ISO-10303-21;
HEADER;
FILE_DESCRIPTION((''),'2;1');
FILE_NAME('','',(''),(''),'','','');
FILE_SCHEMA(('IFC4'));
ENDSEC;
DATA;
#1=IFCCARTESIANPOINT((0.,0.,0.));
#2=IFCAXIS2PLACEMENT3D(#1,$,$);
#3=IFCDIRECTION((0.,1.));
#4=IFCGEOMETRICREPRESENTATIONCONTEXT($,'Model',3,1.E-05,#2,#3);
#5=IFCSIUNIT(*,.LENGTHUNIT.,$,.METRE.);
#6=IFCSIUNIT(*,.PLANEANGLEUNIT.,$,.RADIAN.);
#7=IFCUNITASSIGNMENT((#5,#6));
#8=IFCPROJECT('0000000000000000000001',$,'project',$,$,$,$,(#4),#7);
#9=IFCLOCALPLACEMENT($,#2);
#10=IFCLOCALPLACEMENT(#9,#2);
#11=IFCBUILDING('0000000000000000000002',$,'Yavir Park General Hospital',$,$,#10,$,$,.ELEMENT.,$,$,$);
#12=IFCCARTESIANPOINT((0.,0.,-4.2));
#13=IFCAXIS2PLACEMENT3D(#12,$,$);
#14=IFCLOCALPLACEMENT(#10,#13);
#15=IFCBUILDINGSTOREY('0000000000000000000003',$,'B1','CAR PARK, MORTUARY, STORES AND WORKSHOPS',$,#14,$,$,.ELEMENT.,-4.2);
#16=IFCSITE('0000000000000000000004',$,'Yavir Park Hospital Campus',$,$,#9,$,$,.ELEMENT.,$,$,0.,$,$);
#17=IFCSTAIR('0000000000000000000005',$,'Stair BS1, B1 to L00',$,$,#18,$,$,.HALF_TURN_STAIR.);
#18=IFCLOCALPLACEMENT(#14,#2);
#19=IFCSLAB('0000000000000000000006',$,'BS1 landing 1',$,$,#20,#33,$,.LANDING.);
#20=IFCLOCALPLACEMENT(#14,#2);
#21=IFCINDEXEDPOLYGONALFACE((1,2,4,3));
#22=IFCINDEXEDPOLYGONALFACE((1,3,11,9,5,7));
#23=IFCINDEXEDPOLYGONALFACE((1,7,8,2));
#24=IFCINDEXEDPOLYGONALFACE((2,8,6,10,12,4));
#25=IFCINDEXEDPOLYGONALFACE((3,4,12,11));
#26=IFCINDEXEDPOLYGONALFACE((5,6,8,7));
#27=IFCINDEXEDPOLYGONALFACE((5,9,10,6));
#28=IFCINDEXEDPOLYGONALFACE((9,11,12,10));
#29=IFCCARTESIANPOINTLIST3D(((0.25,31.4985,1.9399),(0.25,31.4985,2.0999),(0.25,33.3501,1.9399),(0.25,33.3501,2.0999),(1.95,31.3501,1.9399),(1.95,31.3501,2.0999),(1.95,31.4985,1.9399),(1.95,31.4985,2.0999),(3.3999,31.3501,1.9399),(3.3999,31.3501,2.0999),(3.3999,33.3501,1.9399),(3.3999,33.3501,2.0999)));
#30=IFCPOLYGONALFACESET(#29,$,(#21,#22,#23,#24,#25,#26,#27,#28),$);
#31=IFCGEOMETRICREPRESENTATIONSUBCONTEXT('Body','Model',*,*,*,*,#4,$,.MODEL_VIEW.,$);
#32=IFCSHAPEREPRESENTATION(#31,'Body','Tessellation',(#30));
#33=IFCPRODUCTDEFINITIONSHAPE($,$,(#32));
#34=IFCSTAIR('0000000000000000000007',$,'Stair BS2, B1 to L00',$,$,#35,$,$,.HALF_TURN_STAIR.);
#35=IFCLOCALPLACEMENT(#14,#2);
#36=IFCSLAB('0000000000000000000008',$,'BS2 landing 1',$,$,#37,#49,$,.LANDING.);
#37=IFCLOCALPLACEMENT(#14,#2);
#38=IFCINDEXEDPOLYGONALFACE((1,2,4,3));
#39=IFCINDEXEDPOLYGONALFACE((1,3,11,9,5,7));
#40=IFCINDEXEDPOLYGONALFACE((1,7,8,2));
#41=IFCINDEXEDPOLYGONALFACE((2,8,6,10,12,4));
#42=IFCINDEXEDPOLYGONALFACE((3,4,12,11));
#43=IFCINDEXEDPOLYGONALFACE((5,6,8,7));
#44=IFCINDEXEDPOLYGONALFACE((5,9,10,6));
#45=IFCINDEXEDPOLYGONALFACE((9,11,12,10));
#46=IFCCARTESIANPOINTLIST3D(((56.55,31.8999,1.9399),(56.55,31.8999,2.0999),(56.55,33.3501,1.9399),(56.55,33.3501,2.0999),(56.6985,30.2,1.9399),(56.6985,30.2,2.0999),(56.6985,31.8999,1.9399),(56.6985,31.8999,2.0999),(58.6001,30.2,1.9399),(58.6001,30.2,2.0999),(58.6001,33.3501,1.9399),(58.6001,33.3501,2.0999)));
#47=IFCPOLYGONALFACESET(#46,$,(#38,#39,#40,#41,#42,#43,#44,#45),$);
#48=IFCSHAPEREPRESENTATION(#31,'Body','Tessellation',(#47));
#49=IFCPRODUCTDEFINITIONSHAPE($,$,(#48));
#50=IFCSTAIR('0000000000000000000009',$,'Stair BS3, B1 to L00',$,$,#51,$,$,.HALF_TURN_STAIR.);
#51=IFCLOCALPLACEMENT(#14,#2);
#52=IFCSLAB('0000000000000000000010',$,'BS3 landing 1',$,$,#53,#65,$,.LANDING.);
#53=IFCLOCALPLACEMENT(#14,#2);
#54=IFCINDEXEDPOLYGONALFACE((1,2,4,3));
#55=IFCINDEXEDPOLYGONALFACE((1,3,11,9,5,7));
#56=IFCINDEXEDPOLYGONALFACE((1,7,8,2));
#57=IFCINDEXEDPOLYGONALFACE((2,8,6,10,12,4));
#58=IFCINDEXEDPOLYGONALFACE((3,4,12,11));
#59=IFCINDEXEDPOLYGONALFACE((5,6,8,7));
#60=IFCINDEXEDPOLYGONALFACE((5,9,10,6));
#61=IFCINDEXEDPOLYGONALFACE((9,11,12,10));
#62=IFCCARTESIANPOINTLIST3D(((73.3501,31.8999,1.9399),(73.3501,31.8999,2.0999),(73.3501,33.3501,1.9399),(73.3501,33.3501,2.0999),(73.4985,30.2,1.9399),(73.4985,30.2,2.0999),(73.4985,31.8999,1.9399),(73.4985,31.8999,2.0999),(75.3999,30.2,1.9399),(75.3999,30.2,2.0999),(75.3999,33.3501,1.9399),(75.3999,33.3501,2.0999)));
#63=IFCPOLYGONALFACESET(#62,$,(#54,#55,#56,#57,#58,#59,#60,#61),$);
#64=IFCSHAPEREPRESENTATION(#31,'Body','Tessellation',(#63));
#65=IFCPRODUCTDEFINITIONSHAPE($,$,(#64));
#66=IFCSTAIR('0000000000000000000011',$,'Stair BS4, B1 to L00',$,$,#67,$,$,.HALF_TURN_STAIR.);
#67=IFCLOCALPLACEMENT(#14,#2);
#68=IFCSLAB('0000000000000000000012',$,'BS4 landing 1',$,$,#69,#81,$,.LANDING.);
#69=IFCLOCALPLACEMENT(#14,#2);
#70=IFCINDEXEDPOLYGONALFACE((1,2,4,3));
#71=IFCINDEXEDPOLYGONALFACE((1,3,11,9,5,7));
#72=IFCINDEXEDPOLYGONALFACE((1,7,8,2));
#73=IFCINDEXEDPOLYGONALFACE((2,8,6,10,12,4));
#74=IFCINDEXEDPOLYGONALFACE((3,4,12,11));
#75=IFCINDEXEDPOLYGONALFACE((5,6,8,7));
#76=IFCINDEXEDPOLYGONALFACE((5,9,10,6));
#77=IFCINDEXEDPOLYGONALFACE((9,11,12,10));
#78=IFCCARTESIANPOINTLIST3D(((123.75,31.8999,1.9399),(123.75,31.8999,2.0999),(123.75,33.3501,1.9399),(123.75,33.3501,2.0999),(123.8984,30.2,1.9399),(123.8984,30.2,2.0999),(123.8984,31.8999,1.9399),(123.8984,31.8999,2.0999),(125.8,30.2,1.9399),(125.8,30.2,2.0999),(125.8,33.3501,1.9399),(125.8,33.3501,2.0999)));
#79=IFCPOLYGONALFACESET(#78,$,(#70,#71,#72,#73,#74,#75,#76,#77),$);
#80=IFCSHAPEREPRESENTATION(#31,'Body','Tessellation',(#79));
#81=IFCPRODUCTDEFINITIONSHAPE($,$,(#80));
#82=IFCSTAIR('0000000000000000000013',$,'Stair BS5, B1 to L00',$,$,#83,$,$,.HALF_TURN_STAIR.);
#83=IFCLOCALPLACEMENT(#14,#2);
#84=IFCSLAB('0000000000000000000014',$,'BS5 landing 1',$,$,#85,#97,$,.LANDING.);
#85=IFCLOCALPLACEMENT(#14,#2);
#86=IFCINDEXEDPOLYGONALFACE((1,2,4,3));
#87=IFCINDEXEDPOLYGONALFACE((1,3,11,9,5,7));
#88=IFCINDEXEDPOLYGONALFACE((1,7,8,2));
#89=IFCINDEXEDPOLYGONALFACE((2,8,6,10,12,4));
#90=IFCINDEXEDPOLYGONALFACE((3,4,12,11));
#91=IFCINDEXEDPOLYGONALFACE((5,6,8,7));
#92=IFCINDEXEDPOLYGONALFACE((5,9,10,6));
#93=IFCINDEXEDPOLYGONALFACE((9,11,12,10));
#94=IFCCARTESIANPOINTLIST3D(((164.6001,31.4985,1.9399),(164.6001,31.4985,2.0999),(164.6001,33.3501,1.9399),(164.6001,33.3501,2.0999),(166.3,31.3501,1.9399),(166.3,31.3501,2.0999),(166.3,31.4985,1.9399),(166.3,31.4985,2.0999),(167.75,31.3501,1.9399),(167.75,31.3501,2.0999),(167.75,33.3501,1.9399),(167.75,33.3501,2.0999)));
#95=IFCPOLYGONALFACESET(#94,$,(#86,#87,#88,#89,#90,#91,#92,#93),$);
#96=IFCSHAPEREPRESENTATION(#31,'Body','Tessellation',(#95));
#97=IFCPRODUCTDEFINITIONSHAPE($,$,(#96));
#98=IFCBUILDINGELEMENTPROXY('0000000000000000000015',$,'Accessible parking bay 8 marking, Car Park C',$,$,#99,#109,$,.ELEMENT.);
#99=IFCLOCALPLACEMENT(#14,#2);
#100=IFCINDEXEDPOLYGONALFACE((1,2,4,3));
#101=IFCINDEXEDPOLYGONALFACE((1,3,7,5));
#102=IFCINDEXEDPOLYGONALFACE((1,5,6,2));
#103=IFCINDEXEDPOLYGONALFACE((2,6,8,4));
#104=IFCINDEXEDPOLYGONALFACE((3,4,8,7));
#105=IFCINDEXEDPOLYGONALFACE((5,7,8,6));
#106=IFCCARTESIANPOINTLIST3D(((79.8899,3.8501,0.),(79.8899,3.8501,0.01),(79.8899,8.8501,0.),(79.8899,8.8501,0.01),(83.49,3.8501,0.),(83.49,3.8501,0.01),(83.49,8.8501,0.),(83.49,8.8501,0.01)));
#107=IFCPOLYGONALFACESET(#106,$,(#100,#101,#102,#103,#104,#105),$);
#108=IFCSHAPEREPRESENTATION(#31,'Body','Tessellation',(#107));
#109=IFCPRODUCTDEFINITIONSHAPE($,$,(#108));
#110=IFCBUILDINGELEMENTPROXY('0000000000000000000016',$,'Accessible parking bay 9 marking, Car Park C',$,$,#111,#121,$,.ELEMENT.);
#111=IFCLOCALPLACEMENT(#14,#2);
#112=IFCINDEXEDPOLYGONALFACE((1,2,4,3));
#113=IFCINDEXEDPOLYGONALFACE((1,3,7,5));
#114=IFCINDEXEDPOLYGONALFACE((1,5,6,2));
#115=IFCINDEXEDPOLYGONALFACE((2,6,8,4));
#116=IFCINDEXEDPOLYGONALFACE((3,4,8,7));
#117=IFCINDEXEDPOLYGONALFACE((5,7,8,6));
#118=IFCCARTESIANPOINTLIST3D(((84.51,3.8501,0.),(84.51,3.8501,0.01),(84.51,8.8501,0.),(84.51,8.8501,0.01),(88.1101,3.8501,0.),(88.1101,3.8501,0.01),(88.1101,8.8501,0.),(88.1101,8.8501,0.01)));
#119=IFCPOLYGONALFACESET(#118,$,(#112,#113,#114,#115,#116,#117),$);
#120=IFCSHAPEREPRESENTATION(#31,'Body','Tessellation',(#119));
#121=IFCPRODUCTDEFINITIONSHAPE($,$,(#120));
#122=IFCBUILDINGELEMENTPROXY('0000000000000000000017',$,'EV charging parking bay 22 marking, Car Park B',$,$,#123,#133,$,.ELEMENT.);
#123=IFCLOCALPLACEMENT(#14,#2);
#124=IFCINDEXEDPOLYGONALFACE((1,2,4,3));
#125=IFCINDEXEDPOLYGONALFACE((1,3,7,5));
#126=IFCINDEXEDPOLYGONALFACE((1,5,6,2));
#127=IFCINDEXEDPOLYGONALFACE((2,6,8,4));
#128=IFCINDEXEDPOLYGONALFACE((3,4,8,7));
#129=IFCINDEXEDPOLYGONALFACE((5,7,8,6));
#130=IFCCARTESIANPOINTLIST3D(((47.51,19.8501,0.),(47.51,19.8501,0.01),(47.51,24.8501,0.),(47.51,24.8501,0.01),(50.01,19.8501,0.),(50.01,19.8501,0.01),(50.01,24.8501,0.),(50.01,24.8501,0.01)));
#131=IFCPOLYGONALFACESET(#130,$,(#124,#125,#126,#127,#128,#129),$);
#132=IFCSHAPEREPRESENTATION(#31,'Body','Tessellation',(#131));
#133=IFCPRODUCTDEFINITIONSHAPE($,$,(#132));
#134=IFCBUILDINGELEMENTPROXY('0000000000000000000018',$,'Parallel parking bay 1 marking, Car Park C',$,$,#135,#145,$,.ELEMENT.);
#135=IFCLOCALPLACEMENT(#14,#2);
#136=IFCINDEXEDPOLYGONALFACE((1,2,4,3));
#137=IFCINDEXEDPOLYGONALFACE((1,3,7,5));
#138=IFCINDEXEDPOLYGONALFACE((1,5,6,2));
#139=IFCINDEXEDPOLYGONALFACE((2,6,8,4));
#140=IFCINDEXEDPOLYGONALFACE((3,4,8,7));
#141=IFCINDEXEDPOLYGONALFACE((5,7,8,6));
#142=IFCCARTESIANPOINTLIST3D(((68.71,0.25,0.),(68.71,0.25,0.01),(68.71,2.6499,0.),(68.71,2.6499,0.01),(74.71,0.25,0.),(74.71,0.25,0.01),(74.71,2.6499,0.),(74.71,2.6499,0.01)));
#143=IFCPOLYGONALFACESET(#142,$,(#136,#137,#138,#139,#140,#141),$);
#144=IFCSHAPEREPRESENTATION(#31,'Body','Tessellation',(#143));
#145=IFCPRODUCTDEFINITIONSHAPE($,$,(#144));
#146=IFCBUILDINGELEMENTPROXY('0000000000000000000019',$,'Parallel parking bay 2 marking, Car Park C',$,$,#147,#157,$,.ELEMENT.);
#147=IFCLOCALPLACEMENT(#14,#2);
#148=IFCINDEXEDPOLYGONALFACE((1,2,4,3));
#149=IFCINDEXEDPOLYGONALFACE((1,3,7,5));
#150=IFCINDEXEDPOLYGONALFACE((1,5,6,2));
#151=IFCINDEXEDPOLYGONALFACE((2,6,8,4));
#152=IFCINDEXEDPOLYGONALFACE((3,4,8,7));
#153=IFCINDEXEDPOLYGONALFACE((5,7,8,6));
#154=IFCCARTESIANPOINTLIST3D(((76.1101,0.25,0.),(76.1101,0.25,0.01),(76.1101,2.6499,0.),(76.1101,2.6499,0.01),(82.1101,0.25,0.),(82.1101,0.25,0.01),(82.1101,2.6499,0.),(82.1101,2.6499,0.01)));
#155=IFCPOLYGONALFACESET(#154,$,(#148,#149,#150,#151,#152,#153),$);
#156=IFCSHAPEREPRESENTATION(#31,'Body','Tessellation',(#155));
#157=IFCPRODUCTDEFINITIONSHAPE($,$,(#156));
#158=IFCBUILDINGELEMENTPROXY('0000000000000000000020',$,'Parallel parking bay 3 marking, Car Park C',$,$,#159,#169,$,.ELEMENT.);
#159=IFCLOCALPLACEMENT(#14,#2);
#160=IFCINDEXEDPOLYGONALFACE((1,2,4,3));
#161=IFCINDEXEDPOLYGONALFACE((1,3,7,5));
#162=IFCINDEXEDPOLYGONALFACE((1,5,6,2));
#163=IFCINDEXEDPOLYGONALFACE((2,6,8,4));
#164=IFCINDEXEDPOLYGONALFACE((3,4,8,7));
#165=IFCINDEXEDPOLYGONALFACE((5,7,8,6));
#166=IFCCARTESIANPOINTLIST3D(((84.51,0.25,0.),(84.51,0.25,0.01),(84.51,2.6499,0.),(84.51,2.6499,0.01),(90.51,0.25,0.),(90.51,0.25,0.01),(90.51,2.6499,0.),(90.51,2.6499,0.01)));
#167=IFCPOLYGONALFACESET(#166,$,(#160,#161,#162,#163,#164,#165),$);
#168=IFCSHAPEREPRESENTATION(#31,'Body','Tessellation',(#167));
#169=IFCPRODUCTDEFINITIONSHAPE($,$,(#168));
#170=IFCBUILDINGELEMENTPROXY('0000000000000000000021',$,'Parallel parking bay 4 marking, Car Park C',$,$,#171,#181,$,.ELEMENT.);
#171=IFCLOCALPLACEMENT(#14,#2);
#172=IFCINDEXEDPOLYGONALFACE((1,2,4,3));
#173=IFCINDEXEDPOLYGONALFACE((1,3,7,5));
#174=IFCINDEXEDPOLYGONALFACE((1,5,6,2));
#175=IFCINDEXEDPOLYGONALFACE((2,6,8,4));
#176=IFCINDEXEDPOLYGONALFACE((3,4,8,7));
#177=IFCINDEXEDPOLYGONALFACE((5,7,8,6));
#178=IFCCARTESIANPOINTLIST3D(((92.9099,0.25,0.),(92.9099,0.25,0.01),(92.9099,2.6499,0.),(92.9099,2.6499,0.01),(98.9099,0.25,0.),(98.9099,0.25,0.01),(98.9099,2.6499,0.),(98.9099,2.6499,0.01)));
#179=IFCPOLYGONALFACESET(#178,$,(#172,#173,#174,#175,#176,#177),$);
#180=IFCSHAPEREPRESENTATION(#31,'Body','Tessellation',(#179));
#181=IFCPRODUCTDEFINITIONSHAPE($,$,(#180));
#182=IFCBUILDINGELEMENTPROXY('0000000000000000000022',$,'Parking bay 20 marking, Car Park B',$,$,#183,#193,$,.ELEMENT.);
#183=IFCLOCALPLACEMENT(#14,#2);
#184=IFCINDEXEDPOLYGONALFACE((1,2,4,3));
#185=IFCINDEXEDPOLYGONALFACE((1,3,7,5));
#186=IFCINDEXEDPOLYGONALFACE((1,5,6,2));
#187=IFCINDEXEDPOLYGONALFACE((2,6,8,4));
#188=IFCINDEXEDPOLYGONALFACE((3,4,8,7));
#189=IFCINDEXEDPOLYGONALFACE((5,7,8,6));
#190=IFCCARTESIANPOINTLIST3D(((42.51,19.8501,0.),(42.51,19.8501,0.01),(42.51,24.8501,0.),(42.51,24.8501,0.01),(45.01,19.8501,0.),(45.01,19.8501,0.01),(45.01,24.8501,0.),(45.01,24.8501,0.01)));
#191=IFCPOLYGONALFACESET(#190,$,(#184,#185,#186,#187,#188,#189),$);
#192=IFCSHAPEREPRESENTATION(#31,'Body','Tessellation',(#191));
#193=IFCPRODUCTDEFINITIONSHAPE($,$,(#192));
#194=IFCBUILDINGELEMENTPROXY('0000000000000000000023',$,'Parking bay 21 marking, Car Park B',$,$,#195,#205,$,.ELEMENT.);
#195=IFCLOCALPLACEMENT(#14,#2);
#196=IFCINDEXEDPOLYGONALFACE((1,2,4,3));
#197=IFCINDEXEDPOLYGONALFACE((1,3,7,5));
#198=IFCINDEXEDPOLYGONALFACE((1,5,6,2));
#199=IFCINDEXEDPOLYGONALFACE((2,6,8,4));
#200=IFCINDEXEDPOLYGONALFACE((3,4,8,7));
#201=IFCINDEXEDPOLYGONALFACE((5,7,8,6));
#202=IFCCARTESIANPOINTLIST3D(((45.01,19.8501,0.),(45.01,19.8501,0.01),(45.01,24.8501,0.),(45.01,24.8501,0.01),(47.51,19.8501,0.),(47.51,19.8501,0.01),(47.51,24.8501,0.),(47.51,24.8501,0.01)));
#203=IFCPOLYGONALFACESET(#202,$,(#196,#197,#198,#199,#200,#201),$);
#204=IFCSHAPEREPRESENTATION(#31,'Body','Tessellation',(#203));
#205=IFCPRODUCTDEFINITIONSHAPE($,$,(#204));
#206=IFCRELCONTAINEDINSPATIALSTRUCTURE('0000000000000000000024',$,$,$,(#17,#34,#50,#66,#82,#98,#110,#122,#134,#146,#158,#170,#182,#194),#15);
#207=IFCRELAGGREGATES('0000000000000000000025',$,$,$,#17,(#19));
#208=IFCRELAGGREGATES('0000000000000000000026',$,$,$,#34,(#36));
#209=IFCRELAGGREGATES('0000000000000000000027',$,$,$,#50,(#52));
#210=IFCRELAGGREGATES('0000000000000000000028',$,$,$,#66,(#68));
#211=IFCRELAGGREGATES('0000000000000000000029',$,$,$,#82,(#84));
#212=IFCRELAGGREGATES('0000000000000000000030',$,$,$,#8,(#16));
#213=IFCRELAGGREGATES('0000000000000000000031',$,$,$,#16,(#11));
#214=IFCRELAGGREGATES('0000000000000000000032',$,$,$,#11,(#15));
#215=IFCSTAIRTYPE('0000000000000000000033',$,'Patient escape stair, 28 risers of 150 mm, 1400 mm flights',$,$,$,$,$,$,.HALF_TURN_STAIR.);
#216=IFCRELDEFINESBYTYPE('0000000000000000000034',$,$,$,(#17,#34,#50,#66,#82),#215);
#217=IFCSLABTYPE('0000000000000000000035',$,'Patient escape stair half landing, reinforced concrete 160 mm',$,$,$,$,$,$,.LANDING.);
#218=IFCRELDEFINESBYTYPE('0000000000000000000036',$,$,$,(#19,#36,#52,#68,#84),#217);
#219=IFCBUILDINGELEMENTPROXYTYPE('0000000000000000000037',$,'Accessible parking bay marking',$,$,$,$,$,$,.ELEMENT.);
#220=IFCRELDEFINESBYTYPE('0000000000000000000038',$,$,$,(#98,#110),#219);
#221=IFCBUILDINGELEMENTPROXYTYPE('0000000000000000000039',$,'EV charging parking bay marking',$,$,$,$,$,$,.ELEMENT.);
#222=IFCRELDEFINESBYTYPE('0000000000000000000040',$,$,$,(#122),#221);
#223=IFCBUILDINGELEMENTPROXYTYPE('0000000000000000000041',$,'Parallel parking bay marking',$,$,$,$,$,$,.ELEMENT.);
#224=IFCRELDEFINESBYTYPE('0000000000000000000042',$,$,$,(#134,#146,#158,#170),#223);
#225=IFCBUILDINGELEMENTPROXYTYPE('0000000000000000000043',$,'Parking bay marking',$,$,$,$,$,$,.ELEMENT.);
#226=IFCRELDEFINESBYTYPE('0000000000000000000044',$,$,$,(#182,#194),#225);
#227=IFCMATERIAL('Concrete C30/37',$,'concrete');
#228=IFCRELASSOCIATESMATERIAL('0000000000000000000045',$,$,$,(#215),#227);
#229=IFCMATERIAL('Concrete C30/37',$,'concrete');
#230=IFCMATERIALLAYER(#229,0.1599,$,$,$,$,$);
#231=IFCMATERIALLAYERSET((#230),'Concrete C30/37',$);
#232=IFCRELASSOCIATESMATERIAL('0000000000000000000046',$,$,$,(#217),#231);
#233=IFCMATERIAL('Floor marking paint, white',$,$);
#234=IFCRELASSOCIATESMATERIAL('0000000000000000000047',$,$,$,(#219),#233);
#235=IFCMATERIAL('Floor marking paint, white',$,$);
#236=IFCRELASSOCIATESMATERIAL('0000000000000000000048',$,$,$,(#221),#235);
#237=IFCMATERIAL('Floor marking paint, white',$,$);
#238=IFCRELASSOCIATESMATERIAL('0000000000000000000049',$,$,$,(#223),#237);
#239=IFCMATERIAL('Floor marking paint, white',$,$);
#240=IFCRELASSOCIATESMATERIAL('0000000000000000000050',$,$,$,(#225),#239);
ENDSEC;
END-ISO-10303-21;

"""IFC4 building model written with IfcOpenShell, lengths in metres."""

from ifc_helpers import new_model, si_unit, direction, frame, origin, place, context, subcontext, project, spatial, polyline, outline, extrude, material, layer, layer_set, type_object, element, aggregate, save


model = new_model("IFC4")

# Units and contexts
model_context = context("Model", 3, precision=1e-05, world=origin(), true_north=direction((0.0, 1.0)))
body_context = subcontext(model_context, "Body", "Model", "MODEL_VIEW")
ifc_project = project(units=[si_unit("LENGTHUNIT", "METRE"), si_unit("PLANEANGLEUNIT", "RADIAN")], contexts=[model_context])

# Site, building, storey
site_placement = place(None, origin())
site = spatial("IfcSite", under=ifc_project, at=site_placement, Name="Yavir Park Hospital Campus", CompositionType="ELEMENT", RefElevation=0.0)
building_placement = place(site_placement, origin())
building = spatial("IfcBuilding", under=site, at=building_placement, Name="Yavir Park General Hospital", CompositionType="ELEMENT")
storey_placement = place(building_placement, frame((0.0, 0.0, -4.2)))
storey = spatial("IfcBuildingStorey", under=building, at=storey_placement, Name="B1", Description="CAR PARK, MORTUARY, STORES AND WORKSHOPS", CompositionType="ELEMENT", Elevation=-4.2)

# Stairs, slabs
ifc_material_1 = material(Name="Concrete C30/37", Category="concrete")
stair_type = type_object("IfcStairType", Name="Patient escape stair, 28 risers of 150 mm, 1400 mm flights", PredefinedType="HALF_TURN_STAIR", material=ifc_material_1)
stair_1_placement = place(storey_placement, origin())
stair_1 = element("IfcStair", 1, at=stair_1_placement, inside=storey, type_object=stair_type, Name="Stair BS1, B1 to L00", PredefinedType="HALF_TURN_STAIR")
ifc_material_2 = material(Name="Concrete C30/37", Category="concrete")
ifc_layer = layer(ifc_material_2, 0.1599)
ifc_layer_set = layer_set([ifc_layer], Name="Concrete C30/37")
slab_type = type_object("IfcSlabType", Name="Patient escape stair half landing, reinforced concrete 160 mm", PredefinedType="LANDING", material=ifc_layer_set)
slab_1_placement = place(storey_placement, frame((0.0, 0.0, 1.9399)))
slab_1 = element("IfcSlab", 2, at=slab_1_placement, type_object=slab_type, Name="BS1 landing 1", PredefinedType="LANDING", context=body_context, shape_type="SweptSolid", body=[
    extrude(outline(polyline([(0.25, 31.4985), (0.25, 33.3501), (3.3999, 33.3501), (3.3999, 31.3501), (1.95, 31.3501), (1.95, 31.4985), (0.25, 31.4985)])), origin(), (0.0, 0.0, 1.0), 0.1599),
])
aggregate(stair_1, [slab_1])
stair_2_placement = place(storey_placement, origin())
stair_2 = element("IfcStair", 3, at=stair_2_placement, inside=storey, type_object=stair_type, Name="Stair BS2, B1 to L00", PredefinedType="HALF_TURN_STAIR")
slab_2_placement = place(storey_placement, frame((0.0, 0.0, 1.9399)))
slab_2 = element("IfcSlab", 4, at=slab_2_placement, type_object=slab_type, Name="BS2 landing 1", PredefinedType="LANDING", context=body_context, shape_type="SweptSolid", body=[
    extrude(outline(polyline([(56.6985, 30.2), (58.6001, 30.2), (58.6001, 33.3501), (56.55, 33.3501), (56.55, 31.8999), (56.6985, 31.8999), (56.6985, 30.2)])), origin(), (0.0, 0.0, 1.0), 0.1599),
])
aggregate(stair_2, [slab_2])
stair_3_placement = place(storey_placement, origin())
stair_3 = element("IfcStair", 5, at=stair_3_placement, inside=storey, type_object=stair_type, Name="Stair BS3, B1 to L00", PredefinedType="HALF_TURN_STAIR")
slab_3_placement = place(storey_placement, frame((0.0, 0.0, 1.9399)))
slab_3 = element("IfcSlab", 6, at=slab_3_placement, type_object=slab_type, Name="BS3 landing 1", PredefinedType="LANDING", context=body_context, shape_type="SweptSolid", body=[
    extrude(outline(polyline([(73.4985, 30.2), (75.3999, 30.2), (75.3999, 33.3501), (73.3501, 33.3501), (73.3501, 31.8999), (73.4985, 31.8999), (73.4985, 30.2)])), origin(), (0.0, 0.0, 1.0), 0.1599),
])
aggregate(stair_3, [slab_3])
stair_4_placement = place(storey_placement, origin())
stair_4 = element("IfcStair", 7, at=stair_4_placement, inside=storey, type_object=stair_type, Name="Stair BS4, B1 to L00", PredefinedType="HALF_TURN_STAIR")
slab_4_placement = place(storey_placement, frame((0.0, 0.0, 1.9399)))
slab_4 = element("IfcSlab", 8, at=slab_4_placement, type_object=slab_type, Name="BS4 landing 1", PredefinedType="LANDING", context=body_context, shape_type="SweptSolid", body=[
    extrude(outline(polyline([(123.8984, 30.2), (125.8, 30.2), (125.8, 33.3501), (123.75, 33.3501), (123.75, 31.8999), (123.8984, 31.8999), (123.8984, 30.2)])), origin(), (0.0, 0.0, 1.0), 0.1599),
])
aggregate(stair_4, [slab_4])
stair_5_placement = place(storey_placement, origin())
stair_5 = element("IfcStair", 9, at=stair_5_placement, inside=storey, type_object=stair_type, Name="Stair BS5, B1 to L00", PredefinedType="HALF_TURN_STAIR")
slab_5_placement = place(storey_placement, frame((0.0, 0.0, 1.9399)))
slab_5 = element("IfcSlab", 10, at=slab_5_placement, type_object=slab_type, Name="BS5 landing 1", PredefinedType="LANDING", context=body_context, shape_type="SweptSolid", body=[
    extrude(outline(polyline([(164.6001, 31.4985), (164.6001, 33.3501), (167.75, 33.3501), (167.75, 31.3501), (166.3, 31.3501), (166.3, 31.4985), (164.6001, 31.4985)])), origin(), (0.0, 0.0, 1.0), 0.1599),
])
aggregate(stair_5, [slab_5])

# Building element proxies
ifc_material_3 = material(Name="Floor marking paint, white")
building_element_proxy_type_1 = type_object("IfcBuildingElementProxyType", Name="Accessible parking bay marking", PredefinedType="ELEMENT", material=ifc_material_3)
proxy_1_placement = place(storey_placement, origin())
element("IfcBuildingElementProxy", 11, at=proxy_1_placement, inside=storey, type_object=building_element_proxy_type_1, Name="Accessible parking bay 8 marking, Car Park C", PredefinedType="ELEMENT", context=body_context, shape_type="SweptSolid", body=[
    extrude(outline(polyline([(79.8899, 3.8501), (83.49, 3.8501), (83.49, 8.8501), (79.8899, 8.8501), (79.8899, 3.8501)])), origin(), (0.0, 0.0, 1.0), 0.01),
])
proxy_2_placement = place(storey_placement, origin())
element("IfcBuildingElementProxy", 12, at=proxy_2_placement, inside=storey, type_object=building_element_proxy_type_1, Name="Accessible parking bay 9 marking, Car Park C", PredefinedType="ELEMENT", context=body_context, shape_type="SweptSolid", body=[
    extrude(outline(polyline([(84.51, 3.8501), (88.1101, 3.8501), (88.1101, 8.8501), (84.51, 8.8501), (84.51, 3.8501)])), origin(), (0.0, 0.0, 1.0), 0.01),
])
ifc_material_4 = material(Name="Floor marking paint, white")
building_element_proxy_type_2 = type_object("IfcBuildingElementProxyType", Name="EV charging parking bay marking", PredefinedType="ELEMENT", material=ifc_material_4)
proxy_3_placement = place(storey_placement, origin())
element("IfcBuildingElementProxy", 13, at=proxy_3_placement, inside=storey, type_object=building_element_proxy_type_2, Name="EV charging parking bay 22 marking, Car Park B", PredefinedType="ELEMENT", context=body_context, shape_type="SweptSolid", body=[
    extrude(outline(polyline([(47.51, 19.8501), (50.01, 19.8501), (50.01, 24.8501), (47.51, 24.8501), (47.51, 19.8501)])), origin(), (0.0, 0.0, 1.0), 0.01),
])
ifc_material_5 = material(Name="Floor marking paint, white")
building_element_proxy_type_3 = type_object("IfcBuildingElementProxyType", Name="Parallel parking bay marking", PredefinedType="ELEMENT", material=ifc_material_5)
proxy_4_placement = place(storey_placement, origin())
element("IfcBuildingElementProxy", 14, at=proxy_4_placement, inside=storey, type_object=building_element_proxy_type_3, Name="Parallel parking bay 1 marking, Car Park C", PredefinedType="ELEMENT", context=body_context, shape_type="SweptSolid", body=[
    extrude(outline(polyline([(68.71, 2.6499), (68.71, 0.25), (74.71, 0.25), (74.71, 2.6499), (68.71, 2.6499)])), origin(), (0.0, 0.0, 1.0), 0.01),
])
proxy_5_placement = place(storey_placement, origin())
element("IfcBuildingElementProxy", 15, at=proxy_5_placement, inside=storey, type_object=building_element_proxy_type_3, Name="Parallel parking bay 2 marking, Car Park C", PredefinedType="ELEMENT", context=body_context, shape_type="SweptSolid", body=[
    extrude(outline(polyline([(76.1101, 2.6499), (76.1101, 0.25), (82.1101, 0.25), (82.1101, 2.6499), (76.1101, 2.6499)])), origin(), (0.0, 0.0, 1.0), 0.01),
])
proxy_6_placement = place(storey_placement, origin())
element("IfcBuildingElementProxy", 16, at=proxy_6_placement, inside=storey, type_object=building_element_proxy_type_3, Name="Parallel parking bay 3 marking, Car Park C", PredefinedType="ELEMENT", context=body_context, shape_type="SweptSolid", body=[
    extrude(outline(polyline([(84.51, 2.6499), (84.51, 0.25), (90.51, 0.25), (90.51, 2.6499), (84.51, 2.6499)])), origin(), (0.0, 0.0, 1.0), 0.01),
])
proxy_7_placement = place(storey_placement, origin())
element("IfcBuildingElementProxy", 17, at=proxy_7_placement, inside=storey, type_object=building_element_proxy_type_3, Name="Parallel parking bay 4 marking, Car Park C", PredefinedType="ELEMENT", context=body_context, shape_type="SweptSolid", body=[
    extrude(outline(polyline([(92.9099, 2.6499), (92.9099, 0.25), (98.9099, 0.25), (98.9099, 2.6499), (92.9099, 2.6499)])), origin(), (0.0, 0.0, 1.0), 0.01),
])
ifc_material_6 = material(Name="Floor marking paint, white")
building_element_proxy_type_4 = type_object("IfcBuildingElementProxyType", Name="Parking bay marking", PredefinedType="ELEMENT", material=ifc_material_6)
proxy_8_placement = place(storey_placement, origin())
element("IfcBuildingElementProxy", 18, at=proxy_8_placement, inside=storey, type_object=building_element_proxy_type_4, Name="Parking bay 20 marking, Car Park B", PredefinedType="ELEMENT", context=body_context, shape_type="SweptSolid", body=[
    extrude(outline(polyline([(42.51, 19.8501), (45.01, 19.8501), (45.01, 24.8501), (42.51, 24.8501), (42.51, 19.8501)])), origin(), (0.0, 0.0, 1.0), 0.01),
])
proxy_9_placement = place(storey_placement, origin())
element("IfcBuildingElementProxy", 19, at=proxy_9_placement, inside=storey, type_object=building_element_proxy_type_4, Name="Parking bay 21 marking, Car Park B", PredefinedType="ELEMENT", context=body_context, shape_type="SweptSolid", body=[
    extrude(outline(polyline([(45.01, 19.8501), (47.51, 19.8501), (47.51, 24.8501), (45.01, 24.8501), (45.01, 19.8501)])), origin(), (0.0, 0.0, 1.0), 0.01),
])

save(model, "model.ifc")
